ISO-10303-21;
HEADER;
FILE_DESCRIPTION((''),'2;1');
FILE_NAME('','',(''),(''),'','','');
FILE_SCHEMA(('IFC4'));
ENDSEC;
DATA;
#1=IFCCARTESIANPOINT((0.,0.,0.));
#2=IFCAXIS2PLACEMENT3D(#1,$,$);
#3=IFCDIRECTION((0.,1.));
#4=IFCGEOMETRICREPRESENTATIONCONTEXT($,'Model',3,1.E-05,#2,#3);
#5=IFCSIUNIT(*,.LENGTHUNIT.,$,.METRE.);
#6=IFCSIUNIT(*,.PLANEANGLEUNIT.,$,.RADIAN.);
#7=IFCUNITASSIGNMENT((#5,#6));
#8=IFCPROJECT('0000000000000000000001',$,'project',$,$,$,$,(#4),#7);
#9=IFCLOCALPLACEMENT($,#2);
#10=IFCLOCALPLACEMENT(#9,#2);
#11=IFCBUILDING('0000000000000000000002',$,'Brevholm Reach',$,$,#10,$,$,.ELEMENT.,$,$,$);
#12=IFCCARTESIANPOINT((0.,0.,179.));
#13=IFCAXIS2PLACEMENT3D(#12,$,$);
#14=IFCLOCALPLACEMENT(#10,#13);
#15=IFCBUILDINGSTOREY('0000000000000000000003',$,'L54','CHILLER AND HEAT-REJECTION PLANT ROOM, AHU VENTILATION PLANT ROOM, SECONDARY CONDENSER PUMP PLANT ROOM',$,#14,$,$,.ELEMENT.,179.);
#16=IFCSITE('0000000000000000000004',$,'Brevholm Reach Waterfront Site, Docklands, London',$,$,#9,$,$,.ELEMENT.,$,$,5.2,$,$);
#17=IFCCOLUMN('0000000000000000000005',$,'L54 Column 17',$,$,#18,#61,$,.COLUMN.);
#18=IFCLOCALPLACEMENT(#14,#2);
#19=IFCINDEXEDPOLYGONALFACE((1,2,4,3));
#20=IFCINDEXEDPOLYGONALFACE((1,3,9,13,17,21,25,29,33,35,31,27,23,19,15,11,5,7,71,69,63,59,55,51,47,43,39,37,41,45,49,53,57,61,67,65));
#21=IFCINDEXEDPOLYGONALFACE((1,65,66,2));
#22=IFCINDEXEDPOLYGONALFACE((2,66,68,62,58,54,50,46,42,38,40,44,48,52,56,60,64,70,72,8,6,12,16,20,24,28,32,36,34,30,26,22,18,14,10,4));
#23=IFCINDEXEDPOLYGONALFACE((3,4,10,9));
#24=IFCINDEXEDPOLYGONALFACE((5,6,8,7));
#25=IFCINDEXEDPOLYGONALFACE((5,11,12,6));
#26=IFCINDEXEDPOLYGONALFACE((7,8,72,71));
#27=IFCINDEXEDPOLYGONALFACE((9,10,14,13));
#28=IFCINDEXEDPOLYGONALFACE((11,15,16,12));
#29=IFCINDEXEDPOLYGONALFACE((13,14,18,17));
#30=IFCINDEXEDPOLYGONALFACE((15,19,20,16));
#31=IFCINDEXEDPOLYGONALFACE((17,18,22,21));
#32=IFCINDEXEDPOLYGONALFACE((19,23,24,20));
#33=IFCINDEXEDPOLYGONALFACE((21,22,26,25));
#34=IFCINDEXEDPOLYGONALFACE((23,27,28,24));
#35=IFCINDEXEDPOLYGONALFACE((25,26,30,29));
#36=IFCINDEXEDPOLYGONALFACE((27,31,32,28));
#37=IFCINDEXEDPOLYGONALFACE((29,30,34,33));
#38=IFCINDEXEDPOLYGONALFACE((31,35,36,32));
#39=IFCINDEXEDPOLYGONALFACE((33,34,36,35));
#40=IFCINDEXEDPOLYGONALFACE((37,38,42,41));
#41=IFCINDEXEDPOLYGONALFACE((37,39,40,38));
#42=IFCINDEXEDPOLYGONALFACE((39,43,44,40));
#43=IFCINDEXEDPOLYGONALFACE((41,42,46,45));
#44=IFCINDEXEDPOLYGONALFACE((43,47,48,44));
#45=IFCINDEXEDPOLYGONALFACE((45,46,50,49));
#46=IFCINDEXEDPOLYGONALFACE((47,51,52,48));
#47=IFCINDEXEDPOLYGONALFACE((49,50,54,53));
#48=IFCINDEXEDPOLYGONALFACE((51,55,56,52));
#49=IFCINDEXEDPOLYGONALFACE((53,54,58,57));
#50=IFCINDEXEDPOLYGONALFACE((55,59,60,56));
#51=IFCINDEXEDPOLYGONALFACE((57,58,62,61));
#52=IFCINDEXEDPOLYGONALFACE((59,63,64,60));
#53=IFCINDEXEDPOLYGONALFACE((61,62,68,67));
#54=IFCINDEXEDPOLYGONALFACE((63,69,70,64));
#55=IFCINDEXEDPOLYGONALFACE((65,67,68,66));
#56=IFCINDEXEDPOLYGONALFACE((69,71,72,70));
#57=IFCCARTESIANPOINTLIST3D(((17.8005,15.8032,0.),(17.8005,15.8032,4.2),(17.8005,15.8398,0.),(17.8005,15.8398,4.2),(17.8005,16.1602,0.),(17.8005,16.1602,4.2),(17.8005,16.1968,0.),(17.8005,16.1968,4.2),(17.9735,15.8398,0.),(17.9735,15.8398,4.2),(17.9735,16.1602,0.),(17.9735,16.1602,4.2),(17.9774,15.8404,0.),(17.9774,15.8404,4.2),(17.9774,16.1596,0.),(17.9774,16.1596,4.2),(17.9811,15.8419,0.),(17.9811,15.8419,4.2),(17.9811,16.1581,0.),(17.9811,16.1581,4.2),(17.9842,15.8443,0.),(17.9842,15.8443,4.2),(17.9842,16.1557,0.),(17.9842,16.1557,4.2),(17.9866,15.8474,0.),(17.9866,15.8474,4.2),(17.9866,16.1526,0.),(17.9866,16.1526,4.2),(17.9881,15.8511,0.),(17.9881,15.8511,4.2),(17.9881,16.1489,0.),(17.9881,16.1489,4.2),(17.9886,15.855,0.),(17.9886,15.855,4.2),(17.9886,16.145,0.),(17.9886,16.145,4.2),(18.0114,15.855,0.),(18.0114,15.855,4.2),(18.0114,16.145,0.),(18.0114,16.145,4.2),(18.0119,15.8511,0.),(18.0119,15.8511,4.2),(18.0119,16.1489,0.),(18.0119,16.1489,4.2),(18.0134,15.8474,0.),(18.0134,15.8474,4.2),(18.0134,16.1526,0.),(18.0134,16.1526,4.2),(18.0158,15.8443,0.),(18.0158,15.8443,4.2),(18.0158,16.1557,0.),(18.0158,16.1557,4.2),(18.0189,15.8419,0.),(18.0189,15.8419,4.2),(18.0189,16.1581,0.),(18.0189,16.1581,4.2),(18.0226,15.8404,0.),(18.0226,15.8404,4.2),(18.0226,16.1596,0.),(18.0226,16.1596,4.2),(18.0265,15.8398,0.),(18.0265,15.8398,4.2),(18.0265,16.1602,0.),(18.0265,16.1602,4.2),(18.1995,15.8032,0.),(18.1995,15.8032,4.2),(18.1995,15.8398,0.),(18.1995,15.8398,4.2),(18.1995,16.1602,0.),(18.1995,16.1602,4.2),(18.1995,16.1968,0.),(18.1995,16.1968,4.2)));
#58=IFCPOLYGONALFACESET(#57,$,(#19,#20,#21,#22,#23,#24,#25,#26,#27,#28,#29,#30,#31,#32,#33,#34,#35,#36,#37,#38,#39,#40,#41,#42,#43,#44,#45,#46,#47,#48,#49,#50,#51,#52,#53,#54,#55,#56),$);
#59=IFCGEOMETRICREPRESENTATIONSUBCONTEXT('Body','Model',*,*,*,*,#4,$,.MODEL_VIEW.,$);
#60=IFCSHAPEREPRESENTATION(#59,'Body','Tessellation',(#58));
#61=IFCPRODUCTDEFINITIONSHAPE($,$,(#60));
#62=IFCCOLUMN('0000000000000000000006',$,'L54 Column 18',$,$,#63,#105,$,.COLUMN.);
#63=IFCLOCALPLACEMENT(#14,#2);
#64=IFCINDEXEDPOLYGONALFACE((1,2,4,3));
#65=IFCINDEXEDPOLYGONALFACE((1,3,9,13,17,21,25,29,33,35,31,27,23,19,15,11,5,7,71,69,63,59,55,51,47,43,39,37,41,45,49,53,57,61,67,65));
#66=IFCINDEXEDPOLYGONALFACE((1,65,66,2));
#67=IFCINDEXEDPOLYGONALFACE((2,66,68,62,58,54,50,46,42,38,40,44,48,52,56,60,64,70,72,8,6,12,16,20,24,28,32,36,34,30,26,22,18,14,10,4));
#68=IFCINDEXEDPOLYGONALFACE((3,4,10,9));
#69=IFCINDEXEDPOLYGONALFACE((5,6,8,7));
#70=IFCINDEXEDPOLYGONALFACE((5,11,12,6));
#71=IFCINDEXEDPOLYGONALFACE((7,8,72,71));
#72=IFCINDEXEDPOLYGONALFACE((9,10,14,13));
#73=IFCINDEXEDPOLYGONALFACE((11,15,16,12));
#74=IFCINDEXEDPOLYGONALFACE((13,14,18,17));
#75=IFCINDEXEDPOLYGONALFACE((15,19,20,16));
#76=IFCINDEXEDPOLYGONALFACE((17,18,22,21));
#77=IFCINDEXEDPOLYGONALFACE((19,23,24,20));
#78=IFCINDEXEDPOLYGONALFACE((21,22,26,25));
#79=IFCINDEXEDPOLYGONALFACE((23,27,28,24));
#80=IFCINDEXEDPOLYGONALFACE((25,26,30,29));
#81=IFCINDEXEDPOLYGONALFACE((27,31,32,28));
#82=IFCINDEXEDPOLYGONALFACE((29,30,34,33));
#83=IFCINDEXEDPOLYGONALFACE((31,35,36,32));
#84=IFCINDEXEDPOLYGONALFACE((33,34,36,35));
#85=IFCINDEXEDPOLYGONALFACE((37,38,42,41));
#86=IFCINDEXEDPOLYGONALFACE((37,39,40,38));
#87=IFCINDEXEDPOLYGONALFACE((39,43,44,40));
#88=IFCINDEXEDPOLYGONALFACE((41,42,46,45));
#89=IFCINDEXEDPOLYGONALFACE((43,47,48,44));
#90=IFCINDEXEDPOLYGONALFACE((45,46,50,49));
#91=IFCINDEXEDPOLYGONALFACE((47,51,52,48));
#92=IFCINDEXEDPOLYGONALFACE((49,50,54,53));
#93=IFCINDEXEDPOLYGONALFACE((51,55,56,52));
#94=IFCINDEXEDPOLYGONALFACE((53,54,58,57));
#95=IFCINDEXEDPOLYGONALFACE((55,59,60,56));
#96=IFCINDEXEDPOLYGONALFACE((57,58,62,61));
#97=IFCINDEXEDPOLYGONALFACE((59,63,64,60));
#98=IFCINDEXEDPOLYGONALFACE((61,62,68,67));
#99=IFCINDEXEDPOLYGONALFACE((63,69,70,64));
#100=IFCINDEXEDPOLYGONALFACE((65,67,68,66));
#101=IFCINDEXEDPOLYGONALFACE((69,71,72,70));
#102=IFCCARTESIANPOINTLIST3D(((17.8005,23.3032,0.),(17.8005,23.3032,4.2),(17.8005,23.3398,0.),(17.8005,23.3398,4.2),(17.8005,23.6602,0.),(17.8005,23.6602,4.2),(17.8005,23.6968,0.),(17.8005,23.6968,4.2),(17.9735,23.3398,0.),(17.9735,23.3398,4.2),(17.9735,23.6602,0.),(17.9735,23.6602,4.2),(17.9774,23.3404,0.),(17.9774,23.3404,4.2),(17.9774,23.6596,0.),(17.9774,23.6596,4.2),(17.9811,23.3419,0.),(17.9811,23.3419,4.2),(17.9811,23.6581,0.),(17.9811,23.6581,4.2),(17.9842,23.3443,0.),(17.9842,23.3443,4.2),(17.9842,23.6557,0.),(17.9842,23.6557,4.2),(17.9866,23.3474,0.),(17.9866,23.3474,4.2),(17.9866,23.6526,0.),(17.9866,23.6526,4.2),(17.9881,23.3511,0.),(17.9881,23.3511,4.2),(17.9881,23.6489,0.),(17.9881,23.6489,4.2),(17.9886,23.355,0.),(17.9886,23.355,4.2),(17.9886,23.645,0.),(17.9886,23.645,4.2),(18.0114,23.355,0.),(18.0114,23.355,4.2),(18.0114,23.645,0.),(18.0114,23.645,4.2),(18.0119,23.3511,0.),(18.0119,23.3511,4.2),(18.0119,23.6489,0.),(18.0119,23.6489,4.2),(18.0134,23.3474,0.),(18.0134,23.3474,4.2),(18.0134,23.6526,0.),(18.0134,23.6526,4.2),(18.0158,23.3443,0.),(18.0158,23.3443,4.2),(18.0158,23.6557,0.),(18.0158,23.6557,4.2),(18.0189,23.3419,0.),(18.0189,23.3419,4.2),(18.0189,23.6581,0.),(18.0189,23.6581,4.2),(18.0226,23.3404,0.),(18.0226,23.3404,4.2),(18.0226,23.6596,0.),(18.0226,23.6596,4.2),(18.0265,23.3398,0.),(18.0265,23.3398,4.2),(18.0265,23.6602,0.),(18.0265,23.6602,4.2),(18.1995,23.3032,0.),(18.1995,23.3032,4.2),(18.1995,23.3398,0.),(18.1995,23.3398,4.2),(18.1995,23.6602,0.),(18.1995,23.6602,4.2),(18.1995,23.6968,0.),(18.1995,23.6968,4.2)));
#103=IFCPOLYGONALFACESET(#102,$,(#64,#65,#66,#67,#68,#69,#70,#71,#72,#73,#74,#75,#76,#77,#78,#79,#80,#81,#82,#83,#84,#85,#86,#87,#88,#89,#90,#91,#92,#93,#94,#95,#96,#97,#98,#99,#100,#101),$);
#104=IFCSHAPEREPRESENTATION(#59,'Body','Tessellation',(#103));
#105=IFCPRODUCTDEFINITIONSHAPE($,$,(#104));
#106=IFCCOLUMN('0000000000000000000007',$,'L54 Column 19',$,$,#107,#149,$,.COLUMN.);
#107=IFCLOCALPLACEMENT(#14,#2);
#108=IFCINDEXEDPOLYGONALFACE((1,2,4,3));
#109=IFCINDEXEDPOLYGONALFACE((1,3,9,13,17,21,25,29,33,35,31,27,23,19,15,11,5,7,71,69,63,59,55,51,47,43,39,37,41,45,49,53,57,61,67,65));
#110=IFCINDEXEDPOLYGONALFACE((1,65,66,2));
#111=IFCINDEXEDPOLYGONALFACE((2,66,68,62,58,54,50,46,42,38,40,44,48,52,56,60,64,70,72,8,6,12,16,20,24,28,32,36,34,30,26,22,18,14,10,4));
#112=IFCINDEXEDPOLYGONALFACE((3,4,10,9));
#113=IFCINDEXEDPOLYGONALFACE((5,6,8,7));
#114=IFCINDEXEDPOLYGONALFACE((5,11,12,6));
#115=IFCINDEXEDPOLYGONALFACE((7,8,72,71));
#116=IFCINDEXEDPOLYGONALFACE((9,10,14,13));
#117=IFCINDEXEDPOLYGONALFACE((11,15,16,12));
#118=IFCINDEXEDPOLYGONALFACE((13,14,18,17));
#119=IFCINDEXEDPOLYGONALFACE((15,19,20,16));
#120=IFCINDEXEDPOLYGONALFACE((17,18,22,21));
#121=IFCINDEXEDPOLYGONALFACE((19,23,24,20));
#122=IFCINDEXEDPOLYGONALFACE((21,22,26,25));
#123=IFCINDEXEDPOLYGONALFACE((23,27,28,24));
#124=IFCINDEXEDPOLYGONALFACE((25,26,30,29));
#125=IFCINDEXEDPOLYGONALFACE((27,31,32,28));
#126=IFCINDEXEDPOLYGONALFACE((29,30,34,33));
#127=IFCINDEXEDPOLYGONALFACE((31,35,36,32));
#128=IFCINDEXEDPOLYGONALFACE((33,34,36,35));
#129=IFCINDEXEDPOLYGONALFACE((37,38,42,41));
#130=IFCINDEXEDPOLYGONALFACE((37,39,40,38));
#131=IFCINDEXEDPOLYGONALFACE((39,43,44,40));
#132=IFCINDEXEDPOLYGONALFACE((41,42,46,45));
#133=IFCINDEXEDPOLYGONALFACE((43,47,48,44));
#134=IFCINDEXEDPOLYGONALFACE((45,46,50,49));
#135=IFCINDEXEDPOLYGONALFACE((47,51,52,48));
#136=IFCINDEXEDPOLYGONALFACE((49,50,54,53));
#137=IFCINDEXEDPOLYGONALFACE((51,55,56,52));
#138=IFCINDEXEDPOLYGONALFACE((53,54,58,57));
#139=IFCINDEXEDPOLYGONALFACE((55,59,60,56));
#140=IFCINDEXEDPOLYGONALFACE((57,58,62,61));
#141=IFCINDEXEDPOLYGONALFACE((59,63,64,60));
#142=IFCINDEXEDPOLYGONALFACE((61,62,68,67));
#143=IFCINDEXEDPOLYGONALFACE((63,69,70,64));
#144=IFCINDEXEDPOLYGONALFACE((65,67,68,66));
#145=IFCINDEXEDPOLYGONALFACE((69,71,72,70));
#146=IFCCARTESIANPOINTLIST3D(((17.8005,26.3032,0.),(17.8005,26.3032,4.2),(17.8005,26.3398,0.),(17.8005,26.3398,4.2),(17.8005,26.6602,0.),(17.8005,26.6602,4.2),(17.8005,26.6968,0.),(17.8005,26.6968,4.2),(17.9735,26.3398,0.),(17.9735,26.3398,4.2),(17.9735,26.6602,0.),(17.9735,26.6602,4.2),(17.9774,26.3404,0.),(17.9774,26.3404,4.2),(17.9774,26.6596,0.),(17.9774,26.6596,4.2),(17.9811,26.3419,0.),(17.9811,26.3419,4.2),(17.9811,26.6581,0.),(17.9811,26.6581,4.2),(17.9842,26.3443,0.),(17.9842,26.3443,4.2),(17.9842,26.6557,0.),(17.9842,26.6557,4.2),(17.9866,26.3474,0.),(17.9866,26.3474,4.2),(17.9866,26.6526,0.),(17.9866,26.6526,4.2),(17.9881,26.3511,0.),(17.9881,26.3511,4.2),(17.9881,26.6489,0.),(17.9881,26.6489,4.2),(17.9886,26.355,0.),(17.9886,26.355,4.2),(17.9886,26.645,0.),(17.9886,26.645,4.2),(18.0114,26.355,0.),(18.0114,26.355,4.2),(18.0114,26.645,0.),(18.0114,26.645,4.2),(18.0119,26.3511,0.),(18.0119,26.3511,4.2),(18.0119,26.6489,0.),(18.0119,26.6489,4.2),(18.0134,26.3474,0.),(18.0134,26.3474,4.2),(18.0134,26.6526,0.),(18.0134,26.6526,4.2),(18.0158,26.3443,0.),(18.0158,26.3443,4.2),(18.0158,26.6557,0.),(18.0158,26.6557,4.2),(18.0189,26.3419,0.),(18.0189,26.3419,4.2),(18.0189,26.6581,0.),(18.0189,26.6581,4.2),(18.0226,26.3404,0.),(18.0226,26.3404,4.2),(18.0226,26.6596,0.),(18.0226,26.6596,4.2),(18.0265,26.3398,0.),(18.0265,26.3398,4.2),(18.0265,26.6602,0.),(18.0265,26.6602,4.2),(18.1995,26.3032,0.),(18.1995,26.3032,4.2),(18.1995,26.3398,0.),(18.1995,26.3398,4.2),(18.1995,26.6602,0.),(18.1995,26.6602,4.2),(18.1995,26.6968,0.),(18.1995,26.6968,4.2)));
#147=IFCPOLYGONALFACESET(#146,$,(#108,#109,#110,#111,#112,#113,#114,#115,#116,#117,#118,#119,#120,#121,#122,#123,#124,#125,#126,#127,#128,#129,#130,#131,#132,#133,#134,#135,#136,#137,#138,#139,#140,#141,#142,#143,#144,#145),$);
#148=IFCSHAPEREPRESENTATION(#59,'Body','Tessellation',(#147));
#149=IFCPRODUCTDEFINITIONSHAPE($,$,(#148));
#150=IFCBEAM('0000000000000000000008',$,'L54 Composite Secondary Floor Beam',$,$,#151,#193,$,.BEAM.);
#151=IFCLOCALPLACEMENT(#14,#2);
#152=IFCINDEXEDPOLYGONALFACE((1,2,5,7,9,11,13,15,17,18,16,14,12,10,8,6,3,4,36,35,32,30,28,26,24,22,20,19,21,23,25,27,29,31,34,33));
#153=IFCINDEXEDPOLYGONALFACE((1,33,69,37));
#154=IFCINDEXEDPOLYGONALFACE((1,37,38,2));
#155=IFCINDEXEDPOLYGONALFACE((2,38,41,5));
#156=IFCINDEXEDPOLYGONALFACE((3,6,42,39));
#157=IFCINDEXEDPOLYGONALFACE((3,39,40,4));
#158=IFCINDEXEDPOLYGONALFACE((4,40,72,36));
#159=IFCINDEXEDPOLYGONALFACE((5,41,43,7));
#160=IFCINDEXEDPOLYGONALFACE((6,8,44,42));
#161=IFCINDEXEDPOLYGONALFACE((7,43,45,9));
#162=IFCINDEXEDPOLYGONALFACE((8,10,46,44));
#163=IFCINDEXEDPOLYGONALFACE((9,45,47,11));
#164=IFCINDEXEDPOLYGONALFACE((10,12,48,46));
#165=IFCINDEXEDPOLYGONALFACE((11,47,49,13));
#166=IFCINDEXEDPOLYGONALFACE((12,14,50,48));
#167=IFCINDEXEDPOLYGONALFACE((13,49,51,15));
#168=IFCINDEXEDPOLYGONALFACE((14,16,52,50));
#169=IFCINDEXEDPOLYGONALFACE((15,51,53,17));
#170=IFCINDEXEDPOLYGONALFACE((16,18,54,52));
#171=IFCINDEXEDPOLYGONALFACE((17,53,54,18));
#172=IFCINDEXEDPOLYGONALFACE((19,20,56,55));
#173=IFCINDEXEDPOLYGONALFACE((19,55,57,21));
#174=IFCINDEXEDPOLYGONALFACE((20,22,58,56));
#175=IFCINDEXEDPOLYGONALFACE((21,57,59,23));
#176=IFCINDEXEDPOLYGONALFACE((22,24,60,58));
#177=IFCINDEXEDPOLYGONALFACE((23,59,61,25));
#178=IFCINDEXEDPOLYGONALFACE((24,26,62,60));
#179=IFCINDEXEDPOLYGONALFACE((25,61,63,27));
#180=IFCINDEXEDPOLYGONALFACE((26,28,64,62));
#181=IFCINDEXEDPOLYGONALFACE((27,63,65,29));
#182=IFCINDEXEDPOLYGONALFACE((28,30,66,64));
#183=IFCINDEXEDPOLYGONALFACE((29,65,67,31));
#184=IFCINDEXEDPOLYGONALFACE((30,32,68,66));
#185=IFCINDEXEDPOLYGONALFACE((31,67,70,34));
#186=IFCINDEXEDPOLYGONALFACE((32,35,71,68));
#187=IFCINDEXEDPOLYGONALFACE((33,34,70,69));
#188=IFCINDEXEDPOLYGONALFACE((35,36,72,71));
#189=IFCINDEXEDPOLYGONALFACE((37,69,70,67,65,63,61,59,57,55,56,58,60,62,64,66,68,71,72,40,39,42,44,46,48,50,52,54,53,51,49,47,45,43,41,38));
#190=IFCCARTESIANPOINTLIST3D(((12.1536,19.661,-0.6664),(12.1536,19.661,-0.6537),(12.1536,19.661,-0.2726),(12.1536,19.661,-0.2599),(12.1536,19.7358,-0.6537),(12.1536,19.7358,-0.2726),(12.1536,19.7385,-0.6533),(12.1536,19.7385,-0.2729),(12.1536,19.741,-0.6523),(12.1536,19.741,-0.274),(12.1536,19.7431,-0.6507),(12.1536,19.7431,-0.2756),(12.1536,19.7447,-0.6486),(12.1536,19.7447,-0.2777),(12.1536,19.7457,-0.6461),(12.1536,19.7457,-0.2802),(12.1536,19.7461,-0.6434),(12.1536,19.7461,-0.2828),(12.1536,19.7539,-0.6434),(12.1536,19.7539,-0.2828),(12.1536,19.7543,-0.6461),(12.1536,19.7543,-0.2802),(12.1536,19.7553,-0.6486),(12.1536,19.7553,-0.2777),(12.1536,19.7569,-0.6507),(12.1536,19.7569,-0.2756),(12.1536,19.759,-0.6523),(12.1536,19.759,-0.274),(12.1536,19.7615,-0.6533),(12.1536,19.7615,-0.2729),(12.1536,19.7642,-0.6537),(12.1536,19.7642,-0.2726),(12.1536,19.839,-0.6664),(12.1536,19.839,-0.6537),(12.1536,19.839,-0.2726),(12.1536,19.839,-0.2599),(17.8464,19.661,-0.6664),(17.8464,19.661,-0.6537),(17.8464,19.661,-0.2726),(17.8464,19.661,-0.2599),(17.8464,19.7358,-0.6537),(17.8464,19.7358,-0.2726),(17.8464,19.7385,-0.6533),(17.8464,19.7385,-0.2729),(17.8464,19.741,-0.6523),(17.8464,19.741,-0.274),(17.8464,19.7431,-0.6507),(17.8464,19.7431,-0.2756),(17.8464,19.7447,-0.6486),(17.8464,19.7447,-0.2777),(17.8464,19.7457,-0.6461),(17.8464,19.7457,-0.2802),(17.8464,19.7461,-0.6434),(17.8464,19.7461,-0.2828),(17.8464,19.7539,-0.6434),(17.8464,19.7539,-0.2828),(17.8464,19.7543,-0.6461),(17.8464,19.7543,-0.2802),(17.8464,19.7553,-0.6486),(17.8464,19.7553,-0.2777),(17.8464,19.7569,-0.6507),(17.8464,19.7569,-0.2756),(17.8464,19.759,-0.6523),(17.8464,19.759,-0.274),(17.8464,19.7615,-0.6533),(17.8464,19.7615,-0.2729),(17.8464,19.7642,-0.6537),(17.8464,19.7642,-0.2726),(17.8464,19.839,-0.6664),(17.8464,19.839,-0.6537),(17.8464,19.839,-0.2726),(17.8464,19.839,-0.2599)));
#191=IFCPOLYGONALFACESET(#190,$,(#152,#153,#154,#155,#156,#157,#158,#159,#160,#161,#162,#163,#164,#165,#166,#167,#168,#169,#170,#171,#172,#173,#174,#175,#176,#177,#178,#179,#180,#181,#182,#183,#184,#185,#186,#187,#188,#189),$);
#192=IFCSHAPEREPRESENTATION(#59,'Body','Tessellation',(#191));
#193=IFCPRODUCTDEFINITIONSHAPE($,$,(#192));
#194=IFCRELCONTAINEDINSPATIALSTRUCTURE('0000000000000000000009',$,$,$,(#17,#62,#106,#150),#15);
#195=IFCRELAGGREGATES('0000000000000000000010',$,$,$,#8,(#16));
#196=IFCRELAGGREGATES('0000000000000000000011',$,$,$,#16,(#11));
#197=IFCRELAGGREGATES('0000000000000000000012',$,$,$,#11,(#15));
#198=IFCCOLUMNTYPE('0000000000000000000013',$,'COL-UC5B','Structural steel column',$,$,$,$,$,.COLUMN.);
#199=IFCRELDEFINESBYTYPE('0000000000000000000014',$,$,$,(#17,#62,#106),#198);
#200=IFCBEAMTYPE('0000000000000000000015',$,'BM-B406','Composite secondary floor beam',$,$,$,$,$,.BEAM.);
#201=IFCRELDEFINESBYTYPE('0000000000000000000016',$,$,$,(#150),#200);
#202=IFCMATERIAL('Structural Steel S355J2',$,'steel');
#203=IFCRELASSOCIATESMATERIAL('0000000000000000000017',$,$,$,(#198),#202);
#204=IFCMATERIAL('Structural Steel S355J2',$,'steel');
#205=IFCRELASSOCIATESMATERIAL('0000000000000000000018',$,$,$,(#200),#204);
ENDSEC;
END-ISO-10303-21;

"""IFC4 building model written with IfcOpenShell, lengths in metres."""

from ifc_helpers import new_model, si_unit, direction, frame, origin, origin_2d, place, context, subcontext, project, spatial, i_section, extrude, material, material_profile, profile_set, type_object, element, save


model = new_model("IFC4")

# Units and contexts
model_context = context("Model", 3, precision=1e-05, world=origin(), true_north=direction((0.0, 1.0)))
body_context = subcontext(model_context, "Body", "Model", "MODEL_VIEW")
ifc_project = project(units=[si_unit("LENGTHUNIT", "METRE"), si_unit("PLANEANGLEUNIT", "RADIAN")], contexts=[model_context])

# Site, building, storey
site_placement = place(None, origin())
site = spatial("IfcSite", under=ifc_project, at=site_placement, Name="Brevholm Reach Waterfront Site, Docklands, London", CompositionType="ELEMENT", RefElevation=5.2)
building_placement = place(site_placement, origin())
building = spatial("IfcBuilding", under=site, at=building_placement, Name="Brevholm Reach", CompositionType="ELEMENT")
storey_placement = place(building_placement, frame((0.0, 0.0, 179.0)))
storey = spatial("IfcBuildingStorey", under=building, at=storey_placement, Name="L54", Description="CHILLER AND HEAT-REJECTION PLANT ROOM, AHU VENTILATION PLANT ROOM, SECONDARY CONDENSER PUMP PLANT ROOM", CompositionType="ELEMENT", Elevation=179.0)

# Columns
ifc_material_1 = material(Name="Structural Steel S355J2", Category="steel")
ifc_material_profile_1 = material_profile(ifc_material_1, i_section(OverallWidth=0.3989, OverallDepth=0.3936, WebThickness=0.0227, FlangeThickness=0.0366, FilletRadius=0.0151, at=origin_2d()), Name="UKC 356x406x287")
ifc_profile_set_1 = profile_set([ifc_material_profile_1], Name="Structural Steel S355J2")
column_type = type_object("IfcColumnType", Name="COL-UC5B", Description="Structural steel column", PredefinedType="COLUMN", material=ifc_profile_set_1)
for number, where, z_axis, x_axis, name in (
    (1, (18.0, 16.0, 0.0), (0.0, 0.0, 1.0), (1.0, 0.0, 0.0), "L54 Column 17"),
    (2, (18.0, 23.5, 0.0), (0.0, 0.0, 1.0), (1.0, 0.0, 0.0), "L54 Column 18"),
    (3, (18.0, 26.5, 0.0), (0.0, 0.0, 1.0), (1.0, 0.0, 0.0), "L54 Column 19"),
):
    element("IfcColumn", number, at=place(storey_placement, frame(where, z_axis=z_axis, x_axis=x_axis)), inside=storey, type_object=column_type, Name=name, PredefinedType="COLUMN", context=body_context, shape_type="SweptSolid", body=[
        extrude(i_section(OverallWidth=0.3989, OverallDepth=0.3936, WebThickness=0.0227, FlangeThickness=0.0366, FilletRadius=0.0151, at=origin_2d()), origin(), (0.0, 0.0, 1.0), 4.2),
    ])

# Beam
ifc_material_2 = material(Name="Structural Steel S355J2", Category="steel")
ifc_material_profile_2 = material_profile(ifc_material_2, i_section(OverallWidth=0.178, OverallDepth=0.4065, WebThickness=0.0078, FlangeThickness=0.0127, FilletRadius=0.0103, at=origin_2d()), Name="UKB 406x178x60")
ifc_profile_set_2 = profile_set([ifc_material_profile_2], Name="Structural Steel S355J2")
beam_type_1 = type_object("IfcBeamType", Name="BM-B406", Description="Composite secondary floor beam", PredefinedType="BEAM", material=ifc_profile_set_2)
beam_1_placement = place(storey_placement, frame((12.1536, 19.75, -0.4631), z_axis=(1.0, 0.0, 0.0), x_axis=(0.0, 1.0, 0.0)))
element("IfcBeam", 4, at=beam_1_placement, inside=storey, type_object=beam_type_1, Name="L54 Composite Secondary Floor Beam", PredefinedType="BEAM", context=body_context, shape_type="SweptSolid", body=[
    extrude(i_section(OverallWidth=0.178, OverallDepth=0.4065, WebThickness=0.0078, FlangeThickness=0.0127, FilletRadius=0.0103, at=origin_2d()), origin(), (0.0, 0.0, 1.0), 5.6929),
])

save(model, "model.ifc")
